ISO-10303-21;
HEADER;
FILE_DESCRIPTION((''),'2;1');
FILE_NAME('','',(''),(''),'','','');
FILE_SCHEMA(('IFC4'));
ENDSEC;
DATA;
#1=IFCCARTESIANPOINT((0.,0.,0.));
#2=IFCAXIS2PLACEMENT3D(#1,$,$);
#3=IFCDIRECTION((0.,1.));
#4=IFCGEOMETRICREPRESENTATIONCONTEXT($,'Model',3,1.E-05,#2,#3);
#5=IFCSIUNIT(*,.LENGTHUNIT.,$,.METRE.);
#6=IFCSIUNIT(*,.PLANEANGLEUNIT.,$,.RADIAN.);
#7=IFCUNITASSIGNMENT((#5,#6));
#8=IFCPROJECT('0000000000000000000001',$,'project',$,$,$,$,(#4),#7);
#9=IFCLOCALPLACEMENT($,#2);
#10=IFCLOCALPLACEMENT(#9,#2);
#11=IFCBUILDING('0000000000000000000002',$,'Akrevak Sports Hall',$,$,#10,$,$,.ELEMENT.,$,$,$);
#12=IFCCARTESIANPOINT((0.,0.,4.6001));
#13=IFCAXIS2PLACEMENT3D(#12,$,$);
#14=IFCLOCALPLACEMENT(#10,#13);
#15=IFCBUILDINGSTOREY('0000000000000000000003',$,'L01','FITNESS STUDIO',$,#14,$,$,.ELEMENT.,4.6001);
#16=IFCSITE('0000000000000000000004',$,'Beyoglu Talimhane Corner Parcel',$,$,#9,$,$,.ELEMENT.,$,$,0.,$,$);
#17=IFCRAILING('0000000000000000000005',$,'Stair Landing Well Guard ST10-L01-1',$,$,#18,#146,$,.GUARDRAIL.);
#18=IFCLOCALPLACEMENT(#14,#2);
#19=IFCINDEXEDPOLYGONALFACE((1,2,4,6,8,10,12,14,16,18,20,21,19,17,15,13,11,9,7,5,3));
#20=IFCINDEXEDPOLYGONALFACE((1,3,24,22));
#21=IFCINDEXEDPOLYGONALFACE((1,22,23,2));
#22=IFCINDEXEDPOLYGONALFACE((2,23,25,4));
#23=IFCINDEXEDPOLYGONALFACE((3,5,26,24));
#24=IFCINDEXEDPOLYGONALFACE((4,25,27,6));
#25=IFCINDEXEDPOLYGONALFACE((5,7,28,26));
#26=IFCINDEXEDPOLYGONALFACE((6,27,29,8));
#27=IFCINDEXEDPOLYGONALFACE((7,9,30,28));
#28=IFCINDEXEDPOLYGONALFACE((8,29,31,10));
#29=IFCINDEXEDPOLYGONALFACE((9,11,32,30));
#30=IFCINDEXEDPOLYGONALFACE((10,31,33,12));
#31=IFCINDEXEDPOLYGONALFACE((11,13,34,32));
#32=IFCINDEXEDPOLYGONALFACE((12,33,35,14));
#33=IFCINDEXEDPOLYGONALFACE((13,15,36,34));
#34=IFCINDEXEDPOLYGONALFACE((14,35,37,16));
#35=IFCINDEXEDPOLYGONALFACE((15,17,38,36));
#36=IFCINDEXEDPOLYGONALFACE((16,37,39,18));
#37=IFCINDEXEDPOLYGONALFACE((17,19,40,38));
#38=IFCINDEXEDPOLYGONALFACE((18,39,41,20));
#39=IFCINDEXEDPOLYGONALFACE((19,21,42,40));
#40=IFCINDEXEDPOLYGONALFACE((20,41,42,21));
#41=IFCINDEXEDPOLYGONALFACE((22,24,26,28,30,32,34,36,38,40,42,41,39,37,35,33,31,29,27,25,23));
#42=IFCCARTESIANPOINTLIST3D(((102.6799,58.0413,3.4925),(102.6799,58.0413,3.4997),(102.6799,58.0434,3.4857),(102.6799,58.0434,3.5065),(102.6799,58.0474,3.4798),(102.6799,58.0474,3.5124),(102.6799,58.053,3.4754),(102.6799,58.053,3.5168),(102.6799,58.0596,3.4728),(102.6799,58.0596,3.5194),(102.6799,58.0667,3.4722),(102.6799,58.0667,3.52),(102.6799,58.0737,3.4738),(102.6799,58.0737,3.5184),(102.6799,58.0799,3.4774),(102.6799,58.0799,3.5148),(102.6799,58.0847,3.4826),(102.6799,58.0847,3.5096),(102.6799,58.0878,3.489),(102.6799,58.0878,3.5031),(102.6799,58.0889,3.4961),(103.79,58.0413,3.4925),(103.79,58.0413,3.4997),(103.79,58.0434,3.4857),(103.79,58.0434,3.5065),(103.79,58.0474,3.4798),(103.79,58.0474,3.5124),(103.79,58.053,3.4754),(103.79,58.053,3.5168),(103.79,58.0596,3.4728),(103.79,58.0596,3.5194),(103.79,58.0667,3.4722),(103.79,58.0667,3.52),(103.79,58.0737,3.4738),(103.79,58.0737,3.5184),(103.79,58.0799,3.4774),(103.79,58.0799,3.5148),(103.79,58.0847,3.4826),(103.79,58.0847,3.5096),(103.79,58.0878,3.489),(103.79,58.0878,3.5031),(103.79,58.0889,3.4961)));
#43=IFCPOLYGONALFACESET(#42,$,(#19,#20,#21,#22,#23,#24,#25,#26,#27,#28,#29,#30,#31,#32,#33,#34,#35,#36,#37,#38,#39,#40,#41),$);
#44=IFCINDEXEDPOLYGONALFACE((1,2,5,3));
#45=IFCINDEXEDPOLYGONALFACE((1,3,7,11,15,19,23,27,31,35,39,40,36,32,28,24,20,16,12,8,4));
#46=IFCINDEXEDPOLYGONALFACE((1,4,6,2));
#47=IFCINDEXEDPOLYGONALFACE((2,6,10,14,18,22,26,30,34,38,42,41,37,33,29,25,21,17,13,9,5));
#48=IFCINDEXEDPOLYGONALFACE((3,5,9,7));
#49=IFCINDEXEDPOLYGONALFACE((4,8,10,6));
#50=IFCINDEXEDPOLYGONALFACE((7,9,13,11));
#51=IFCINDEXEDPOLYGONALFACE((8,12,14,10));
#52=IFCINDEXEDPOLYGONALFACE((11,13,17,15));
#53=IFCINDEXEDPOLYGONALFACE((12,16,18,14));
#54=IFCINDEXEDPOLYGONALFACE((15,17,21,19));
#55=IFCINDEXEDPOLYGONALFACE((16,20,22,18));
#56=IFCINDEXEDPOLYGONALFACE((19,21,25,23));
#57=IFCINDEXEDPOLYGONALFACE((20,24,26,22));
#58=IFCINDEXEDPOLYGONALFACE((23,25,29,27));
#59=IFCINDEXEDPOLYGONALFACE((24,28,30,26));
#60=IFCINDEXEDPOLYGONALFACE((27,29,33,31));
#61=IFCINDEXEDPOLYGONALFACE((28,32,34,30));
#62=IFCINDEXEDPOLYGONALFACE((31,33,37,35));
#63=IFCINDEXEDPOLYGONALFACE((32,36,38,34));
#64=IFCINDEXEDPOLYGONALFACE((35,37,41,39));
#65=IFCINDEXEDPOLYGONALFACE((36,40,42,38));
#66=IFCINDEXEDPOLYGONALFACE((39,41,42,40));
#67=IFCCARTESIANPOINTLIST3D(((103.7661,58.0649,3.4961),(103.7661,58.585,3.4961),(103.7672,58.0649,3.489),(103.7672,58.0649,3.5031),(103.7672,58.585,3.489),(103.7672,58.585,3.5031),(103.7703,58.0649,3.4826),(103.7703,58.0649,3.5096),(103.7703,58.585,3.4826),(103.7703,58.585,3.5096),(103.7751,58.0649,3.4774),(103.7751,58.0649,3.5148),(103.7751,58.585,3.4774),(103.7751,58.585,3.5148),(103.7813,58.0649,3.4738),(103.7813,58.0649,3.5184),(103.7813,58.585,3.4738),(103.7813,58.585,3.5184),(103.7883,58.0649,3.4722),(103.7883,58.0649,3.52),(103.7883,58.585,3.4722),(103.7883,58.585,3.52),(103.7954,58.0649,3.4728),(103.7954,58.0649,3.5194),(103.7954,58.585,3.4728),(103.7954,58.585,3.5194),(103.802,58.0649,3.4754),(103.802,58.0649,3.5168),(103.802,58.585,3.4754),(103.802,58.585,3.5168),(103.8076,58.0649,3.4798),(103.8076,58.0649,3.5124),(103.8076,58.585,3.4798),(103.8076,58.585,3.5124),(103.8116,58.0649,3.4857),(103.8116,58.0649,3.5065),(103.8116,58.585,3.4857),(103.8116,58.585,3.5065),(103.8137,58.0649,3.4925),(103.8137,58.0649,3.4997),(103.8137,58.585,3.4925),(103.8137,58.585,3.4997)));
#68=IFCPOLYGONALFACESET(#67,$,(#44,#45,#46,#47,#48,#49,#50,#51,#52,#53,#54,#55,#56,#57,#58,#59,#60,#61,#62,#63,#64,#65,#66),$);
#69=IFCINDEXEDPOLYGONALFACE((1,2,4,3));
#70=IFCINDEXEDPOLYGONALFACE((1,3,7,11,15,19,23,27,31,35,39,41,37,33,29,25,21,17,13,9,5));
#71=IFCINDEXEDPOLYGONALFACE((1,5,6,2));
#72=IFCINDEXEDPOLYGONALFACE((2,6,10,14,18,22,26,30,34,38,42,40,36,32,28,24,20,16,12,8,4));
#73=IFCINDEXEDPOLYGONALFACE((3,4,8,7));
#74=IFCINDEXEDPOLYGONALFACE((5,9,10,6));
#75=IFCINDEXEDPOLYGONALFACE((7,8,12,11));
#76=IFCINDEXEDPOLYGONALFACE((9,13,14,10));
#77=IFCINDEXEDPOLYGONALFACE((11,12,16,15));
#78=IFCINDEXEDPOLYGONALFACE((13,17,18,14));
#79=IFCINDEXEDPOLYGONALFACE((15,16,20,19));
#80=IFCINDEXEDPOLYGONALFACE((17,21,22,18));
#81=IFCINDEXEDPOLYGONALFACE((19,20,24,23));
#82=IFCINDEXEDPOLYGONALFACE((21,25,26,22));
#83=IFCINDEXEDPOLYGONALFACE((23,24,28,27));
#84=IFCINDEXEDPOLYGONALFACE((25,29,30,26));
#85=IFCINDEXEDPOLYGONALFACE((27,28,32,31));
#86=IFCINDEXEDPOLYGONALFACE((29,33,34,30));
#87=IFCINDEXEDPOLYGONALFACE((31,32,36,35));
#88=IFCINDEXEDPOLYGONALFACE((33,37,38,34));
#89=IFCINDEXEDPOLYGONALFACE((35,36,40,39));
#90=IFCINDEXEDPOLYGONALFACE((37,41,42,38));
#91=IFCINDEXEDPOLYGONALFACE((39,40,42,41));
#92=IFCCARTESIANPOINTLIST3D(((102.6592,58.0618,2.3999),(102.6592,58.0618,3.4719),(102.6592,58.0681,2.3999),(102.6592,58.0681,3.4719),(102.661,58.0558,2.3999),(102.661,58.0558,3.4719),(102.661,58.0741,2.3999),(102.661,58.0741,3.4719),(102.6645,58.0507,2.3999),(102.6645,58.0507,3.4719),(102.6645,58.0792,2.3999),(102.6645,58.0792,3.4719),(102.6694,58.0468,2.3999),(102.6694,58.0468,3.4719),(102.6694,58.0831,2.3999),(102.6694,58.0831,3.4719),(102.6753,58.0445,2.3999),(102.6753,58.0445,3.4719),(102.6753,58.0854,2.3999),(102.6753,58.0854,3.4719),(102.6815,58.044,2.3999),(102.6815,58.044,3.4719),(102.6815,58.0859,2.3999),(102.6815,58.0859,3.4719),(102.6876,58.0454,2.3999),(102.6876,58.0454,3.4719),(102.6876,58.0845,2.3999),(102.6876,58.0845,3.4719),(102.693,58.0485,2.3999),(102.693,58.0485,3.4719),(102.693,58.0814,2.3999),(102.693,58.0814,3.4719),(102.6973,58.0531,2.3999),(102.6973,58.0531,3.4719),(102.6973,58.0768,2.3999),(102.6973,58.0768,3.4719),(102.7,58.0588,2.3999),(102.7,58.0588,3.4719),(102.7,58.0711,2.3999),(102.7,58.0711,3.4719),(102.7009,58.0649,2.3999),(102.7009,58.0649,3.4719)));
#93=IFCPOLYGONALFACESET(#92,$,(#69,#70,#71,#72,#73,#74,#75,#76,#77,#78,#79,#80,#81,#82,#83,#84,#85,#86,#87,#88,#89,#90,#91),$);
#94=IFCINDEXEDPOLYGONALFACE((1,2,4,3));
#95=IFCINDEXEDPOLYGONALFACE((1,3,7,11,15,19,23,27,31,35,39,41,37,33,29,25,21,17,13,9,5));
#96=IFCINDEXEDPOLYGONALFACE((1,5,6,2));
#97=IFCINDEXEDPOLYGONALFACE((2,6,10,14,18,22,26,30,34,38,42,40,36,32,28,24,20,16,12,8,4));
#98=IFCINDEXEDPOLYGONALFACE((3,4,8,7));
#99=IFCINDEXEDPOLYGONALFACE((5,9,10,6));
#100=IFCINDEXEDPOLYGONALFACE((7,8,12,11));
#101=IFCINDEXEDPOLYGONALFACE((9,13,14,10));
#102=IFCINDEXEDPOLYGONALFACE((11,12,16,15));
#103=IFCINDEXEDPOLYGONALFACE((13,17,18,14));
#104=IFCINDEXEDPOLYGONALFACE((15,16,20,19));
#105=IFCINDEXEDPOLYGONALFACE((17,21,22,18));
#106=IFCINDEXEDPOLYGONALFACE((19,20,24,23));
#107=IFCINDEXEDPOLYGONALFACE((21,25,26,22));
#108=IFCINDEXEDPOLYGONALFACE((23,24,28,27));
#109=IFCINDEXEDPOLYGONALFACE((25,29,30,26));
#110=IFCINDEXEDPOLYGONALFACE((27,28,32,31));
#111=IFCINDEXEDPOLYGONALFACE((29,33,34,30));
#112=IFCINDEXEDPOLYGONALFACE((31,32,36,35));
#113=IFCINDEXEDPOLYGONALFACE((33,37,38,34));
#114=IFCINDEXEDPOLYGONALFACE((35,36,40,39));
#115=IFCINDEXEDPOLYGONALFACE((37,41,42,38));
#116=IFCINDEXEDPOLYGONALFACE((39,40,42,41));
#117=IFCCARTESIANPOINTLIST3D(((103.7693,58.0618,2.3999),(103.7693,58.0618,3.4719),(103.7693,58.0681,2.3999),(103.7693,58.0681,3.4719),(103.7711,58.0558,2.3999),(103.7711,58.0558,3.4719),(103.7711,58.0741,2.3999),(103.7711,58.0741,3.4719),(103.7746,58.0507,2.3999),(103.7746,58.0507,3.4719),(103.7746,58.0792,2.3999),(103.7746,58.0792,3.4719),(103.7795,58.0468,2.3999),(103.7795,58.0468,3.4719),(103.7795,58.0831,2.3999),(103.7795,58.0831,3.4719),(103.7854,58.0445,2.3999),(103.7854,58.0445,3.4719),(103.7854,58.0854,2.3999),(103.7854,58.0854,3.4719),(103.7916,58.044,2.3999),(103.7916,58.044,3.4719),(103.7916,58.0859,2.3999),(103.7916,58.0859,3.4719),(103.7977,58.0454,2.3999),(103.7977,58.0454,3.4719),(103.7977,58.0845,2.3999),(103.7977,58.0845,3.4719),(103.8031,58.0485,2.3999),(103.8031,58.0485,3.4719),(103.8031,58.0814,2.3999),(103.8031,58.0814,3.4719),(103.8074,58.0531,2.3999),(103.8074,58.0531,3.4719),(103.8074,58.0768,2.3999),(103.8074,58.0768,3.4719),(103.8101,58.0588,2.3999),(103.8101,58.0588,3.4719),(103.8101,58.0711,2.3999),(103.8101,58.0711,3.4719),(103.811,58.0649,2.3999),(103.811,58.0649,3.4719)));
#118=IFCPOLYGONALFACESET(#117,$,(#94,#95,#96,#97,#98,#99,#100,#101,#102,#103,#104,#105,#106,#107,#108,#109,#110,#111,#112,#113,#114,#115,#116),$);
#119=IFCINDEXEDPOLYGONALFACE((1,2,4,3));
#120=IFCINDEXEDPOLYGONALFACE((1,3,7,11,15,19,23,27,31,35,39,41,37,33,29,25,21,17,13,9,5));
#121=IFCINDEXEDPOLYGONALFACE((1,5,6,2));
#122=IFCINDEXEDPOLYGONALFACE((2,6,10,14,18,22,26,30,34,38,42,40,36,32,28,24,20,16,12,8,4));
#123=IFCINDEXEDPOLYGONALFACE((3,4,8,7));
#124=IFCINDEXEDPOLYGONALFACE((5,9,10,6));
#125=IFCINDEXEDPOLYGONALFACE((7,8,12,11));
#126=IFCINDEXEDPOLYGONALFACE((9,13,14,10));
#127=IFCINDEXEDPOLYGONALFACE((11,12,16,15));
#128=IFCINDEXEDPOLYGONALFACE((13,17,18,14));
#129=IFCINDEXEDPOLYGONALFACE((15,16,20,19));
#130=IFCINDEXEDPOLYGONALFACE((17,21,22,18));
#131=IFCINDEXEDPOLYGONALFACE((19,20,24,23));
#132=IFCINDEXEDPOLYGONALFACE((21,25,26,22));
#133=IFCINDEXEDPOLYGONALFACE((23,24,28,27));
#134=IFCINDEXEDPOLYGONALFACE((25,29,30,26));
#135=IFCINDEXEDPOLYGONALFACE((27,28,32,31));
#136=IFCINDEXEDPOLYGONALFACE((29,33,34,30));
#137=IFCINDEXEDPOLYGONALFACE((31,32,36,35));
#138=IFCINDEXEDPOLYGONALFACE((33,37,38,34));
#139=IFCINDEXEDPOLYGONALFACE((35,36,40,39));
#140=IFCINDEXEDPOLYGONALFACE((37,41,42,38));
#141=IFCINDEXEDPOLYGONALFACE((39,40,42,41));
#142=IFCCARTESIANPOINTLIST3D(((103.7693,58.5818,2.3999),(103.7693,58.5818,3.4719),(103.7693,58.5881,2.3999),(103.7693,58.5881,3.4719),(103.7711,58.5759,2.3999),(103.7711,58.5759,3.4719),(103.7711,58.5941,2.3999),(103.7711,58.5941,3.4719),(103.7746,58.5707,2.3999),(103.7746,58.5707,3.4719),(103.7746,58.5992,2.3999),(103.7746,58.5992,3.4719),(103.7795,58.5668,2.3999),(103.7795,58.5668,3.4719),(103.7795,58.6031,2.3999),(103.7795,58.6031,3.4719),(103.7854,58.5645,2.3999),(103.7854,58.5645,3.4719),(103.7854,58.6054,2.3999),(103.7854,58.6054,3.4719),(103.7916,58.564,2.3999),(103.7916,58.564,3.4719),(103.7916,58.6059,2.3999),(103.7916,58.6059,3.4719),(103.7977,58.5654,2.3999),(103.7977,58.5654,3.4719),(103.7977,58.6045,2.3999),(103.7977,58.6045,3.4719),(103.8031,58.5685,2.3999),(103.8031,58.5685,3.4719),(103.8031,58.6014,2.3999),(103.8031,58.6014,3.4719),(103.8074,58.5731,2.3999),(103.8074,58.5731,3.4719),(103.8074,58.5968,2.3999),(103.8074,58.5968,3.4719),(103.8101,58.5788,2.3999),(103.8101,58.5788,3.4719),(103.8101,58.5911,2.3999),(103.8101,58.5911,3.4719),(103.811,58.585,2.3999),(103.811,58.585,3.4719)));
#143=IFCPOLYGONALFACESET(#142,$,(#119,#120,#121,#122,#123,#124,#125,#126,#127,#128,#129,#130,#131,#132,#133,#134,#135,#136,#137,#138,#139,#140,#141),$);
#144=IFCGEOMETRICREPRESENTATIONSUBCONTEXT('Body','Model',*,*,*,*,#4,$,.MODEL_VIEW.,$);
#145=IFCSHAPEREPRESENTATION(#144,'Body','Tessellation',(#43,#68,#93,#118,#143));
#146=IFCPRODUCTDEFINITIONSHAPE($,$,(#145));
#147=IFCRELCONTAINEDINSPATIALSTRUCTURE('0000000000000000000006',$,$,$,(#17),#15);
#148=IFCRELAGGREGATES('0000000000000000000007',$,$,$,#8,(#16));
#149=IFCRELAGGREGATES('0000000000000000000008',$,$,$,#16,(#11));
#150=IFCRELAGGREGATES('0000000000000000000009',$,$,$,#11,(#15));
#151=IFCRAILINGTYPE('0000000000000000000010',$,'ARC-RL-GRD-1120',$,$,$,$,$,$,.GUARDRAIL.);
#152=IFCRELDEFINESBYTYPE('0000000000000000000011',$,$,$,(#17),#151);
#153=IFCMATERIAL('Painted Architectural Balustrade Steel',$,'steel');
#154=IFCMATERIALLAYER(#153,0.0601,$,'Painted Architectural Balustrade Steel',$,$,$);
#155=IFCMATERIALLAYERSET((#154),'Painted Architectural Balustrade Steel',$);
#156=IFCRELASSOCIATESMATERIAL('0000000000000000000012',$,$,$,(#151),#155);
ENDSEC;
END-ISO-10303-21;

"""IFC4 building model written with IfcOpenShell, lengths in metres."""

from ifc_helpers import new_model, si_unit, direction, frame, origin, origin_2d, place, context, subcontext, project, spatial, circle, extrude, material, layer, layer_set, type_object, element, save


model = new_model("IFC4")

# Units and contexts
model_context = context("Model", 3, precision=1e-05, world=origin(), true_north=direction((0.0, 1.0)))
body_context = subcontext(model_context, "Body", "Model", "MODEL_VIEW")
ifc_project = project(units=[si_unit("LENGTHUNIT", "METRE"), si_unit("PLANEANGLEUNIT", "RADIAN")], contexts=[model_context])

# Site, building, storey
site_placement = place(None, origin())
site = spatial("IfcSite", under=ifc_project, at=site_placement, Name="Beyoglu Talimhane Corner Parcel", CompositionType="ELEMENT", RefElevation=0.0)
building_placement = place(site_placement, origin())
building = spatial("IfcBuilding", under=site, at=building_placement, Name="Akrevak Sports Hall", CompositionType="ELEMENT")
storey_placement = place(building_placement, frame((0.0, 0.0, 4.6001)))
storey = spatial("IfcBuildingStorey", under=building, at=storey_placement, Name="L01", Description="FITNESS STUDIO", CompositionType="ELEMENT", Elevation=4.6001)

# Railing
ifc_material_1 = material(Name="Painted Architectural Balustrade Steel", Category="steel")
ifc_layer_1 = layer(ifc_material_1, 0.0601, Name="Painted Architectural Balustrade Steel")
ifc_layer_set_1 = layer_set([ifc_layer_1], Name="Painted Architectural Balustrade Steel")
railing_type_1 = type_object("IfcRailingType", Name="ARC-RL-GRD-1120", PredefinedType="GUARDRAIL", material=ifc_layer_set_1)
railing_1_placement = place(storey_placement, frame((102.6799, 58.0649, 2.3999)))
element("IfcRailing", 1, at=railing_1_placement, inside=storey, type_object=railing_type_1, Name="Stair Landing Well Guard ST10-L01-1", PredefinedType="GUARDRAIL", context=body_context, shape_type="SweptSolid", body=[
    extrude(circle(Radius=0.0239, at=origin_2d()), frame((0.0, 0.0, 1.0962), z_axis=(1.0, 0.0, 0.0), x_axis=(0.0, 1.0, 0.0)), (0.0, 0.0, 1.0), 1.1101),
    extrude(circle(Radius=0.0239, at=origin_2d()), frame((1.1101, 0.0, 1.0962), z_axis=(0.0, 1.0, 0.0), x_axis=(-1.0, 0.0, 0.0)), (0.0, 0.0, 1.0), 0.52),
    extrude(circle(Radius=0.021, at=origin_2d()), origin(), (0.0, 0.0, 1.0), 1.072),
    extrude(circle(Radius=0.021, at=origin_2d()), frame((1.1101, 0.0, 0.0)), (0.0, 0.0, 1.0), 1.072),
    extrude(circle(Radius=0.021, at=origin_2d()), frame((1.1101, 0.52, 0.0)), (0.0, 0.0, 1.0), 1.072),
])

save(model, "model.ifc")
